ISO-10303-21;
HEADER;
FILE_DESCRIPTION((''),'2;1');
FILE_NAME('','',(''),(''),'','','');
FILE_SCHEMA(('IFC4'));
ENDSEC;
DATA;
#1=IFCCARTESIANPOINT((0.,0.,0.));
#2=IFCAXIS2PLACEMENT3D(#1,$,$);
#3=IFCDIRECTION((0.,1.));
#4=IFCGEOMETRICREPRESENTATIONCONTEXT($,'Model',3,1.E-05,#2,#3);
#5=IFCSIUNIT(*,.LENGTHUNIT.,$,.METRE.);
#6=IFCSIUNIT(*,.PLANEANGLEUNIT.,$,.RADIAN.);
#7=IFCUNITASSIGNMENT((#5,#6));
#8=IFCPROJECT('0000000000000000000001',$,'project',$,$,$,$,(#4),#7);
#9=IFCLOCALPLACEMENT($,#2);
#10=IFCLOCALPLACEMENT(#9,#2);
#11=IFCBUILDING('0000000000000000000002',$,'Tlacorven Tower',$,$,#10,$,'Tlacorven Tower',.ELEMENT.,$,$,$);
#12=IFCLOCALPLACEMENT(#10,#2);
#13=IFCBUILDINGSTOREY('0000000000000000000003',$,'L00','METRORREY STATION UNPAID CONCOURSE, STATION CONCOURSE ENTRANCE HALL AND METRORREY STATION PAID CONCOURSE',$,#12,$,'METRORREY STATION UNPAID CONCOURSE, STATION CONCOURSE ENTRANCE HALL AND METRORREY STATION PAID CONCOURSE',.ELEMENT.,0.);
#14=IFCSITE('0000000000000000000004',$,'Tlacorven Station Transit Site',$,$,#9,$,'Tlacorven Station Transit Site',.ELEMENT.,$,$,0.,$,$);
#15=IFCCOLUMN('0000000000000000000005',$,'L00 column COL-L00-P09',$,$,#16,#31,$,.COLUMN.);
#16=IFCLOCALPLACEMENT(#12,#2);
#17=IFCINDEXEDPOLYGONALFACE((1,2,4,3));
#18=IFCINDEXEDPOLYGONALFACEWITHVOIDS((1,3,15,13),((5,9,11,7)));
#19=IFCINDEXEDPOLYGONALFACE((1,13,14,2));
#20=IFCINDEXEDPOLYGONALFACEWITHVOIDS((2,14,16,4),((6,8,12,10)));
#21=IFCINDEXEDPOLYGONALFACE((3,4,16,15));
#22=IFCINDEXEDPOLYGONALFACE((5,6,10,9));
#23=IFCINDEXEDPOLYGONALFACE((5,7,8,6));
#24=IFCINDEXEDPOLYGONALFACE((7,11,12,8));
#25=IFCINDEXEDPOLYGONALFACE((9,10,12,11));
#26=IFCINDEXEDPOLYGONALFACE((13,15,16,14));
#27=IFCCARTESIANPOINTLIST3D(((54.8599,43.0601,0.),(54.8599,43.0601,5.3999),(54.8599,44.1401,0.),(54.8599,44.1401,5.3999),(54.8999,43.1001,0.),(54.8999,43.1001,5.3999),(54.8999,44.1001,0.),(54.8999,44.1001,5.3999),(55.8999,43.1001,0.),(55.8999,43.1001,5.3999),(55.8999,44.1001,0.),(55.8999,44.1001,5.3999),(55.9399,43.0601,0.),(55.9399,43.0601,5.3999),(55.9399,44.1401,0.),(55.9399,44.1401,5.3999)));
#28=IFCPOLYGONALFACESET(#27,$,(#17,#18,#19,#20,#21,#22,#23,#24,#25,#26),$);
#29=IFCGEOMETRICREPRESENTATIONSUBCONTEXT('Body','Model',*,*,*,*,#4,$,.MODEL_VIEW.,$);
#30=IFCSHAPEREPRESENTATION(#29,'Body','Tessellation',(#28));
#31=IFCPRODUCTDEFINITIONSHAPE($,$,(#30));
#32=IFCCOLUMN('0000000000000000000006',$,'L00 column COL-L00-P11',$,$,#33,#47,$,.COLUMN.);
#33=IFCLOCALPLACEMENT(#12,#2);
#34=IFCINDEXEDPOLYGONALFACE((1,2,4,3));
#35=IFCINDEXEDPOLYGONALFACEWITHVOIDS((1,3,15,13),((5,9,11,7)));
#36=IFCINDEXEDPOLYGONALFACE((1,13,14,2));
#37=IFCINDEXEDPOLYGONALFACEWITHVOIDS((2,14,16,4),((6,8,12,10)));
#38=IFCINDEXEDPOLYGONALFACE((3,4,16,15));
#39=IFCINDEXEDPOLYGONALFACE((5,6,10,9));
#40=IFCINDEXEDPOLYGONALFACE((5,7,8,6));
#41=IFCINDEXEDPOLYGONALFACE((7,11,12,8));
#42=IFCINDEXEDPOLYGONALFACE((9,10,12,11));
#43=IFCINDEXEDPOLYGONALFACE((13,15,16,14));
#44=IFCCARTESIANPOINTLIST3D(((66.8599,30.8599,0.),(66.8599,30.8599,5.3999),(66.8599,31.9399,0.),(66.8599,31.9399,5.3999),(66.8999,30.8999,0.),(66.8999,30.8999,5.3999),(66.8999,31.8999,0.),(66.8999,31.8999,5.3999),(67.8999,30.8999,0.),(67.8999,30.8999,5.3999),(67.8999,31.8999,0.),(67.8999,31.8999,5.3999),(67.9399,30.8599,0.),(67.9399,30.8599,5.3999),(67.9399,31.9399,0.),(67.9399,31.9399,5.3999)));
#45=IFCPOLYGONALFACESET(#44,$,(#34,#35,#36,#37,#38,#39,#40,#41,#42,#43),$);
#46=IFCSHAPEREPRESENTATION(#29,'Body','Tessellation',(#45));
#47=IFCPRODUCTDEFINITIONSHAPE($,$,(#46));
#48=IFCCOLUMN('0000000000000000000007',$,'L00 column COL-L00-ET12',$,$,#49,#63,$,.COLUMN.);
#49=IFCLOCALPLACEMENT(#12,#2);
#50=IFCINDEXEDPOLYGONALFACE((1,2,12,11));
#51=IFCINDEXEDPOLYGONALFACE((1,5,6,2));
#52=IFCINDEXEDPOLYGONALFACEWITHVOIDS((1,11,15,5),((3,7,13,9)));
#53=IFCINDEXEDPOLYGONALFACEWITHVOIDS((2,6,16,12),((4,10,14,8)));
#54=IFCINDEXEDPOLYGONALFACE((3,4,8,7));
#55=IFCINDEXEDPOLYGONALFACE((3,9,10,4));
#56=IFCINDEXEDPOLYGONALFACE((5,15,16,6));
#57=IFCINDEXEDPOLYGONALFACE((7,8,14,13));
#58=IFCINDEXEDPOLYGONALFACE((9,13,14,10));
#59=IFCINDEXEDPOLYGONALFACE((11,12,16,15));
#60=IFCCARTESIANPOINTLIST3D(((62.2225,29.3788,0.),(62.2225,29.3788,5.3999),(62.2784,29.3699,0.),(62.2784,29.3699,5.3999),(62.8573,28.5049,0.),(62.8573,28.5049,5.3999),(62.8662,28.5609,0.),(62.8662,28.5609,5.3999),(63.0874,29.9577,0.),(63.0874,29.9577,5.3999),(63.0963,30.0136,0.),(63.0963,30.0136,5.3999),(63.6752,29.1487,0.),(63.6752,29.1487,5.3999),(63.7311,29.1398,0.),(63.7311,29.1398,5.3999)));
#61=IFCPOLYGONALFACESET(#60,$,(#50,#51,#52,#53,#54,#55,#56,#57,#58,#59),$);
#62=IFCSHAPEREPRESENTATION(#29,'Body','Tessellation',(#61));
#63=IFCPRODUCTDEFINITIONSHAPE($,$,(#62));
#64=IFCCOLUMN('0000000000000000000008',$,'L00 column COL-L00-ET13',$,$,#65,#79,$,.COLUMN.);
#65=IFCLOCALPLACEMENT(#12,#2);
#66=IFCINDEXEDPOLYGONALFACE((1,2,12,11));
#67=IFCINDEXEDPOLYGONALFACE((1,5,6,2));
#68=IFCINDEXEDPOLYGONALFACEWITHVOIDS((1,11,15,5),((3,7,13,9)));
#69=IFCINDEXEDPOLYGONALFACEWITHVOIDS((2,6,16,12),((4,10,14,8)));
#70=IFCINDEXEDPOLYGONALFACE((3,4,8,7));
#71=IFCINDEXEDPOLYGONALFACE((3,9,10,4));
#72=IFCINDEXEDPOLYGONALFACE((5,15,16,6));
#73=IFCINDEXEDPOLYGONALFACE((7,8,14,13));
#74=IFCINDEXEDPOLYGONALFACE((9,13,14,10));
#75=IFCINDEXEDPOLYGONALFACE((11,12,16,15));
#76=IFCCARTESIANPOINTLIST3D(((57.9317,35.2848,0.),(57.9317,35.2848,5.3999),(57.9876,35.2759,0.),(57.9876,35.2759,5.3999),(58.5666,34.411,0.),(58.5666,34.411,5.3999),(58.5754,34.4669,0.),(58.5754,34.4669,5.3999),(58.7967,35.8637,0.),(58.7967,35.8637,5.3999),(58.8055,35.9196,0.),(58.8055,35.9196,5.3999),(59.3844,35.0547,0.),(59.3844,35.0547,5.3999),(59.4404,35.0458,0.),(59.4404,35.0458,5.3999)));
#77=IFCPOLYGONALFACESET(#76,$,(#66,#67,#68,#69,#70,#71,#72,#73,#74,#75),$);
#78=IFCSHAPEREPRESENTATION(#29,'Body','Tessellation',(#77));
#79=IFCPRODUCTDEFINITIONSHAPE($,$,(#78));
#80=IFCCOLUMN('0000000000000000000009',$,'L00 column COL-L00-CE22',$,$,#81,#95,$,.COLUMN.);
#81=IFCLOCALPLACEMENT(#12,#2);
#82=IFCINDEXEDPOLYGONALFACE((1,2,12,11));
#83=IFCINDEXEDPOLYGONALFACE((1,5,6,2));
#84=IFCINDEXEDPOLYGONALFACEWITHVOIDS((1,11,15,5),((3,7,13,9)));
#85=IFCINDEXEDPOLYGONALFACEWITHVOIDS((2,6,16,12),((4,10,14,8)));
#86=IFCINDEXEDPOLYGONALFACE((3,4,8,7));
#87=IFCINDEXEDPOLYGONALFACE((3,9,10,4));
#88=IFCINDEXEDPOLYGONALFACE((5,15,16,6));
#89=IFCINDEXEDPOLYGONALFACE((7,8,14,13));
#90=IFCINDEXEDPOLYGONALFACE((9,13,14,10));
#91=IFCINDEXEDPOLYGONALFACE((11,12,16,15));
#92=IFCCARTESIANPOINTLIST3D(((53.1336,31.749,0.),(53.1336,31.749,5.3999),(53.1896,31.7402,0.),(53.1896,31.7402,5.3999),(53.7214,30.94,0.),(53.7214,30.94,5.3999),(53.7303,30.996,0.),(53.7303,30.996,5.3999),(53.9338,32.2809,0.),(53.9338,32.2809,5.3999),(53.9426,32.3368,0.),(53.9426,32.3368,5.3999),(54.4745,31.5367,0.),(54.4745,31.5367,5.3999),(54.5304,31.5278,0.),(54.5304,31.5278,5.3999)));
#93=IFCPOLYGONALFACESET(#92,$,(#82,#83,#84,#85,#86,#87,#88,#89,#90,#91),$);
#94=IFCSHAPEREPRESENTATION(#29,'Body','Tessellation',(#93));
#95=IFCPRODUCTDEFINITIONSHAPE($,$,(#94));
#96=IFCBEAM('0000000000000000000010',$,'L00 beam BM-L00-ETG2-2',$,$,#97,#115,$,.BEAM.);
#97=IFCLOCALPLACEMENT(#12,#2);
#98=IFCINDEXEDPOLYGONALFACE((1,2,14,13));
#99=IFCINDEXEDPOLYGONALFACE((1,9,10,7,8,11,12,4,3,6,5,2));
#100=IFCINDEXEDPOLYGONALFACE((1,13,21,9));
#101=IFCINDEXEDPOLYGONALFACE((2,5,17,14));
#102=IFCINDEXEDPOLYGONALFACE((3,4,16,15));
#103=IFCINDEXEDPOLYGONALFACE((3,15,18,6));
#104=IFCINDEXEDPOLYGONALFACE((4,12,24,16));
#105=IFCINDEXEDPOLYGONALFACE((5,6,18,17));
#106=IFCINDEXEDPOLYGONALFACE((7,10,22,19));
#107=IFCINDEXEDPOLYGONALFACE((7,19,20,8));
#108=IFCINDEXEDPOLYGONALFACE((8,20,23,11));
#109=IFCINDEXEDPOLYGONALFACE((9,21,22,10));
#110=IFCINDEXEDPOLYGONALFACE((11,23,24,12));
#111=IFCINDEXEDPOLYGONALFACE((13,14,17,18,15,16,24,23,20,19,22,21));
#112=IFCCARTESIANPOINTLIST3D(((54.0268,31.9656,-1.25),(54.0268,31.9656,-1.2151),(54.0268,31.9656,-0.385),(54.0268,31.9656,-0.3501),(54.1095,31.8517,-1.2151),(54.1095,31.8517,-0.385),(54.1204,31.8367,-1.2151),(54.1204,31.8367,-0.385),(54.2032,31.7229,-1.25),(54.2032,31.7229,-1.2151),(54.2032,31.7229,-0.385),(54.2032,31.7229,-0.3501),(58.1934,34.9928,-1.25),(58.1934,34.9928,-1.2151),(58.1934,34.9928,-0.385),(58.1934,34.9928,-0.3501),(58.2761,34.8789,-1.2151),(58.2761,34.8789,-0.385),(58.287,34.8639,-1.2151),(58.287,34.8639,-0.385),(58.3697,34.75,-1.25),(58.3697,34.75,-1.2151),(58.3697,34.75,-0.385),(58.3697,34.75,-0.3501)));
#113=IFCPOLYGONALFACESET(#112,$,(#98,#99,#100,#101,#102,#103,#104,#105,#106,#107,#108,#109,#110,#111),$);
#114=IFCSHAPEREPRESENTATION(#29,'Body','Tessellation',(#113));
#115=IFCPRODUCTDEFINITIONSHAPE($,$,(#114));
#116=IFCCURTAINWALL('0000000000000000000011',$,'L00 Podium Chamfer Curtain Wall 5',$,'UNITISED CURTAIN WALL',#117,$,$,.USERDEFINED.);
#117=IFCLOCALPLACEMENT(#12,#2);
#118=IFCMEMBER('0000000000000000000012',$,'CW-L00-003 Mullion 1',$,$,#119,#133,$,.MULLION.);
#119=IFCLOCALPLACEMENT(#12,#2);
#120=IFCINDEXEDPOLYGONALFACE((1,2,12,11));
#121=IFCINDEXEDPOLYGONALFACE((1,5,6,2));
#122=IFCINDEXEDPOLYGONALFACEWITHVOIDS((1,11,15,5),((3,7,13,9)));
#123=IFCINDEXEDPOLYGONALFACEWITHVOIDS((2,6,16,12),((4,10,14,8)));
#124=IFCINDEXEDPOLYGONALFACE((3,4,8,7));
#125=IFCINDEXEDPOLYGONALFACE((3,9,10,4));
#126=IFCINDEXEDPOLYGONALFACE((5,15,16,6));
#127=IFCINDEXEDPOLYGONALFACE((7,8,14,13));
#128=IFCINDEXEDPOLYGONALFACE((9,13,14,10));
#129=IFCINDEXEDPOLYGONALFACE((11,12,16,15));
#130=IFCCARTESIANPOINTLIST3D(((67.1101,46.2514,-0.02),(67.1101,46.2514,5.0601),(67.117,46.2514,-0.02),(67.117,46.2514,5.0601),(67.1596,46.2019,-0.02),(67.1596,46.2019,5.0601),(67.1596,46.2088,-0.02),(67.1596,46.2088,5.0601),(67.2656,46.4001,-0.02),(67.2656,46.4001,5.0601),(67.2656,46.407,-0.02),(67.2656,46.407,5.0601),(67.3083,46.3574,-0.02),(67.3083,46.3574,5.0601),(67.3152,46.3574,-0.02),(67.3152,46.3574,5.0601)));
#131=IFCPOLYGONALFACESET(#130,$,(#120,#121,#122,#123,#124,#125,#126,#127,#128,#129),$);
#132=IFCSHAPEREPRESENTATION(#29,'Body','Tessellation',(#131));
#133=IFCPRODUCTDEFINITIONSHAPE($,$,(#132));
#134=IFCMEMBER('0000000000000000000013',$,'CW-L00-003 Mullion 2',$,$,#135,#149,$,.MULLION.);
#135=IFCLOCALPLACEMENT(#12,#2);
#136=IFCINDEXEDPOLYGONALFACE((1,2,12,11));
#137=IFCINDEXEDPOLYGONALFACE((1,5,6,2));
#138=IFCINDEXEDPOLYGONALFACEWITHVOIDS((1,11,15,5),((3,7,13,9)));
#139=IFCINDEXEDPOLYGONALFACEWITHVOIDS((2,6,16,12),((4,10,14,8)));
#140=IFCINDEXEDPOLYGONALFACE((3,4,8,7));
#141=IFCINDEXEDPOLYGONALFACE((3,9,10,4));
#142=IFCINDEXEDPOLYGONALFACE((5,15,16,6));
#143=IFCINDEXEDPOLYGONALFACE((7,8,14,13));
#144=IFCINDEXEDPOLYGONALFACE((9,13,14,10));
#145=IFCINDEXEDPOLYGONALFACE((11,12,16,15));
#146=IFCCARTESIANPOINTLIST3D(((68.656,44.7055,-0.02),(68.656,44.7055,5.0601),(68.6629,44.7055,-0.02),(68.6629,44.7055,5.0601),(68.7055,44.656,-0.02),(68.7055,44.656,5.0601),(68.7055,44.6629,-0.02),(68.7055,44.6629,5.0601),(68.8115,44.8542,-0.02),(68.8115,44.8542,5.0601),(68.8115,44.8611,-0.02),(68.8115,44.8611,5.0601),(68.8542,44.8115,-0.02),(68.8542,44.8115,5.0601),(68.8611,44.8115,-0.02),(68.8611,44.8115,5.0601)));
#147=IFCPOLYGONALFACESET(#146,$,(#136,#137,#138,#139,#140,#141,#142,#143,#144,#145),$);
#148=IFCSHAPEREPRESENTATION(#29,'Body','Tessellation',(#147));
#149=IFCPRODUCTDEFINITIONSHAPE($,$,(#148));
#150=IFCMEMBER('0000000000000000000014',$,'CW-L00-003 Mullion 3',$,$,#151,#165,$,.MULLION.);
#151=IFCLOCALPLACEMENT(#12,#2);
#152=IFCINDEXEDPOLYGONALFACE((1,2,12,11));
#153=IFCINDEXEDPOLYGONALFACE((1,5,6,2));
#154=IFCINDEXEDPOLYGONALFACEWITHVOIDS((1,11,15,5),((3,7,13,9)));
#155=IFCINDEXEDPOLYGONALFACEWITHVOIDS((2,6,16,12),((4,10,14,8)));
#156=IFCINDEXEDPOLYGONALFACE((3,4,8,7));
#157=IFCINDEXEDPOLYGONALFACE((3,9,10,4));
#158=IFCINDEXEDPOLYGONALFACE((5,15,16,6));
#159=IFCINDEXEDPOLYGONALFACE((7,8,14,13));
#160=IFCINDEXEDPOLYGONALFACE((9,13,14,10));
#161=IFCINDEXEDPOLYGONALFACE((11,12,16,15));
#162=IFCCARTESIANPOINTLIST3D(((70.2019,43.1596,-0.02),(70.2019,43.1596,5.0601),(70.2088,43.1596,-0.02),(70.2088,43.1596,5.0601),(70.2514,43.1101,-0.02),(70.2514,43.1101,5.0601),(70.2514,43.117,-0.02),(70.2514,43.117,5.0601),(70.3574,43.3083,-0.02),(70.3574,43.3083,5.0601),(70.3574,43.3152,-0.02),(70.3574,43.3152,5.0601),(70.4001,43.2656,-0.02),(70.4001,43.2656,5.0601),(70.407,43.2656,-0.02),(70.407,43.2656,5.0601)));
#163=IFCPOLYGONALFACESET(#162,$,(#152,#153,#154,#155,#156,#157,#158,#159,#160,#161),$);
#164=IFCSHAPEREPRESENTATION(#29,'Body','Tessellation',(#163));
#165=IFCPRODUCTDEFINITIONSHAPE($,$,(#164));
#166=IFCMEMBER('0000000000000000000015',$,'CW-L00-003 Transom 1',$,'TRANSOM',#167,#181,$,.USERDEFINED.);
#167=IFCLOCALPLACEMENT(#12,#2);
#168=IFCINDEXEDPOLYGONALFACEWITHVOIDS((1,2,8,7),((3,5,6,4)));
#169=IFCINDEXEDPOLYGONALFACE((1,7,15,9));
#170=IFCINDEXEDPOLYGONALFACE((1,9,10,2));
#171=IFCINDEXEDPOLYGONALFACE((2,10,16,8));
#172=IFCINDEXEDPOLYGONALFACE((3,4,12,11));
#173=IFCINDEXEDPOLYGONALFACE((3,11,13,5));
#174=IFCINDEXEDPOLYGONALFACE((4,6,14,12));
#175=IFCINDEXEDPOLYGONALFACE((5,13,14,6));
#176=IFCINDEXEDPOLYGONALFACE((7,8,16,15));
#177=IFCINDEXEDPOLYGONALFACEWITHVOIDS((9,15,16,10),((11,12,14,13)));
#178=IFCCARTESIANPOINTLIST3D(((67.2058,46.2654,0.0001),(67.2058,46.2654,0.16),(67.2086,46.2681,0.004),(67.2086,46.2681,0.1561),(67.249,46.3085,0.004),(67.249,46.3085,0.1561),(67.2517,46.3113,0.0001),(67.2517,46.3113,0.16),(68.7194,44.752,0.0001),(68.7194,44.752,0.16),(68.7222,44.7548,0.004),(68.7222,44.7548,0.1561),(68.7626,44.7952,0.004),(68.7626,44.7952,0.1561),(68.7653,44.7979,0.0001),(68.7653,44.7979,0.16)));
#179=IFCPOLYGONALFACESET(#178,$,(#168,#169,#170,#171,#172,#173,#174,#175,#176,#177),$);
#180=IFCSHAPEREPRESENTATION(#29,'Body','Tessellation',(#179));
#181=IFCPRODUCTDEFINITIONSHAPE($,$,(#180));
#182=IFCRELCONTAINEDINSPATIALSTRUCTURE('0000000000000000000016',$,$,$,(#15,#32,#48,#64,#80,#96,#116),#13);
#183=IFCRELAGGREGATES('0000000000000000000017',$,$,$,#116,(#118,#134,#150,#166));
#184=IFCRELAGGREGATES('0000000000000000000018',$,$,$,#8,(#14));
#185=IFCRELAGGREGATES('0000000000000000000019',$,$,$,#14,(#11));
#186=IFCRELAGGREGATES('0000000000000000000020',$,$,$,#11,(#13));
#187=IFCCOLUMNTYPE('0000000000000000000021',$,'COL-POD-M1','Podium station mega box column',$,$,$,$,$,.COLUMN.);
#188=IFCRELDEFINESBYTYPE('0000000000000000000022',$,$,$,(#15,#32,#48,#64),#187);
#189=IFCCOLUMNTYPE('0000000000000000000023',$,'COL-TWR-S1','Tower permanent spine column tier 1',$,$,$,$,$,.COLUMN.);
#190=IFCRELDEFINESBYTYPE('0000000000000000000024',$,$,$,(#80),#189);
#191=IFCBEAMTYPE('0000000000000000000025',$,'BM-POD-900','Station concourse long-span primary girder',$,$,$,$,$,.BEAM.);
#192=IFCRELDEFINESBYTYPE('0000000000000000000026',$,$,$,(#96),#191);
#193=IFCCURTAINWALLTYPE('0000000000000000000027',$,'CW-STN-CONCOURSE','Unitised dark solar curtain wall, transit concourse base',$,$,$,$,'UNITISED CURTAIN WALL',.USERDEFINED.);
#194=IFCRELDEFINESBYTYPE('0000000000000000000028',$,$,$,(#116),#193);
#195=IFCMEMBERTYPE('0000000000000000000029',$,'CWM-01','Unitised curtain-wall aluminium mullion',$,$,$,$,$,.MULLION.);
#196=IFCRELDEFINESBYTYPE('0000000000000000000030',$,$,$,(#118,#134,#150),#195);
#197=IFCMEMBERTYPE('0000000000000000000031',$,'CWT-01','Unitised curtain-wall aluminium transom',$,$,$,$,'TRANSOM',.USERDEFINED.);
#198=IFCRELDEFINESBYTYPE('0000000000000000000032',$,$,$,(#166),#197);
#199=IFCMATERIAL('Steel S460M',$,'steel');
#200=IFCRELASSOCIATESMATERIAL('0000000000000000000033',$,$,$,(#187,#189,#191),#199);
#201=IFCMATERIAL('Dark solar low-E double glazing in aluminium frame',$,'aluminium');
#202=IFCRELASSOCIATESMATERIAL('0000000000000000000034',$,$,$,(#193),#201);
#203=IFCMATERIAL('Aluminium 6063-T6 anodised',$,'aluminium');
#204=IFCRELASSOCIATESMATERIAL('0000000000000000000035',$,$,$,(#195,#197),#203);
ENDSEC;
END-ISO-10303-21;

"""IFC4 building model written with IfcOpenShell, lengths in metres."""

from ifc_helpers import new_model, si_unit, direction, frame, origin, origin_2d, place, context, subcontext, project, spatial, hollow_rectangle, i_section, extrude, source, transform, mapped, material, material_profile, profile_set, type_object, element, aggregate, save


model = new_model("IFC4")

# Units and contexts
model_context = context("Model", 3, precision=1e-05, world=origin(), true_north=direction((0.0, 1.0)))
body_context = subcontext(model_context, "Body", "Model", "MODEL_VIEW")
ifc_project = project(units=[si_unit("LENGTHUNIT", "METRE"), si_unit("PLANEANGLEUNIT", "RADIAN")], contexts=[model_context])

# Site, building, storey
site_placement = place(None, origin())
site = spatial("IfcSite", under=ifc_project, at=site_placement, Name="Tlacorven Station Transit Site", LongName="Tlacorven Station Transit Site", CompositionType="ELEMENT", RefElevation=0.0)
building_placement = place(site_placement, origin())
building = spatial("IfcBuilding", under=site, at=building_placement, Name="Tlacorven Tower", LongName="Tlacorven Tower", CompositionType="ELEMENT")
storey_placement = place(building_placement, origin())
storey = spatial("IfcBuildingStorey", under=building, at=storey_placement, Name="L00", Description="METRORREY STATION UNPAID CONCOURSE, STATION CONCOURSE ENTRANCE HALL AND METRORREY STATION PAID CONCOURSE", LongName="METRORREY STATION UNPAID CONCOURSE, STATION CONCOURSE ENTRANCE HALL AND METRORREY STATION PAID CONCOURSE", CompositionType="ELEMENT", Elevation=0.0)

# Columns
ifc_material_1 = material(Name="Steel S460M", Category="steel")
ifc_material_profile_1 = material_profile(ifc_material_1, hollow_rectangle(XDim=1.0801, YDim=1.0801, WallThickness=0.04, at=origin_2d()), Name="BOX 1080X1080X40")
ifc_profile_set_1 = profile_set([ifc_material_profile_1], Name="Steel S460M")
column_type_1 = type_object("IfcColumnType", Name="COL-POD-M1", Description="Podium station mega box column", PredefinedType="COLUMN", material=ifc_profile_set_1)
shared_shape_1 = source(origin(), body_context, "Body", "SweptSolid", [
    extrude(hollow_rectangle(XDim=1.0801, YDim=1.0801, WallThickness=0.04, at=origin_2d()), origin(), (0.0, 0.0, 1.0), 5.3999),
])
for number, where, z_axis, x_axis, name in (
    (1, (55.3999, 43.6001, 0.0), (0.0, 0.0, 1.0), (1.0, 0.0, 0.0), "L00 column COL-L00-P09"),
    (2, (67.3999, 31.3999, 0.0), (0.0, 0.0, 1.0), (1.0, 0.0, 0.0), "L00 column COL-L00-P11"),
    (3, (62.9768, 29.2593, 0.0), (0.0, 0.0, 1.0), (0.809017, 0.587785, 0.0), "L00 column COL-L00-ET12"),
    (4, (58.686, 35.1653, 0.0), (0.0, 0.0, 1.0), (0.809017, 0.587785, 0.0), "L00 column COL-L00-ET13"),
):
    element("IfcColumn", number, at=place(storey_placement, frame(where, z_axis=z_axis, x_axis=x_axis)), inside=storey, type_object=column_type_1, Name=name, PredefinedType="COLUMN", context=body_context, shape_type="MappedRepresentation", body=[
        mapped(shared_shape_1, transform((0.0, 0.0, 0.0), scale=1.0)),
    ])
ifc_material_profile_2 = material_profile(ifc_material_1, hollow_rectangle(XDim=1.0, YDim=1.0, WallThickness=0.04, at=origin_2d()), Name="BOX 1000X1000X40")
ifc_profile_set_2 = profile_set([ifc_material_profile_2], Name="Steel S460M")
column_type_2 = type_object("IfcColumnType", Name="COL-TWR-S1", Description="Tower permanent spine column tier 1", PredefinedType="COLUMN", material=ifc_profile_set_2)
shared_shape_2 = source(origin(), body_context, "Body", "SweptSolid", [
    extrude(hollow_rectangle(XDim=1.0, YDim=1.0, WallThickness=0.04, at=origin_2d()), origin(), (0.0, 0.0, 1.0), 5.3999),
])
column_placement = place(storey_placement, frame((53.832, 31.6384, 0.0), z_axis=(0.0, 0.0, 1.0), x_axis=(0.809017, 0.587785, 0.0)))
element("IfcColumn", 5, at=column_placement, inside=storey, type_object=column_type_2, Name="L00 column COL-L00-CE22", PredefinedType="COLUMN", context=body_context, shape_type="MappedRepresentation", body=[
    mapped(shared_shape_2, transform((0.0, 0.0, 0.0), scale=1.0)),
])

# Beam
ifc_material_profile_3 = material_profile(ifc_material_1, i_section(OverallWidth=0.3, OverallDepth=0.8999, WebThickness=0.0186, FlangeThickness=0.0349, at=origin_2d()), Name="HEB 900")
ifc_profile_set_3 = profile_set([ifc_material_profile_3], Name="Steel S460M")
beam_type = type_object("IfcBeamType", Name="BM-POD-900", Description="Station concourse long-span primary girder", PredefinedType="BEAM", material=ifc_profile_set_3)
shared_shape_3 = source(origin(), body_context, "Body", "SweptSolid", [
    extrude(i_section(OverallWidth=0.3, OverallDepth=0.8999, WebThickness=0.0186, FlangeThickness=0.0349, at=origin_2d()), origin(), (0.0, 0.0, 1.0), 5.1501),
])
beam_placement = place(storey_placement, frame((54.115, 31.8442, -0.8), z_axis=(0.809021, 0.58778, 0.0), x_axis=(-0.58778, 0.809021, 0.0)))
element("IfcBeam", 6, at=beam_placement, inside=storey, type_object=beam_type, Name="L00 beam BM-L00-ETG2-2", PredefinedType="BEAM", context=body_context, shape_type="MappedRepresentation", body=[
    mapped(shared_shape_3, transform((0.0, 0.0, 0.0), scale=1.0)),
])

# Curtain wall, members
ifc_material_2 = material(Name="Dark solar low-E double glazing in aluminium frame", Category="aluminium")
curtain_wall_type = type_object("IfcCurtainWallType", Name="CW-STN-CONCOURSE", Description="Unitised dark solar curtain wall, transit concourse base", ElementType="UNITISED CURTAIN WALL", PredefinedType="USERDEFINED", material=ifc_material_2)
curtain_wall_placement = place(storey_placement, origin())
curtain_wall = element("IfcCurtainWall", 7, at=curtain_wall_placement, inside=storey, type_object=curtain_wall_type, Name="L00 Podium Chamfer Curtain Wall 5", ObjectType="UNITISED CURTAIN WALL", PredefinedType="USERDEFINED")
ifc_material_3 = material(Name="Aluminium 6063-T6 anodised", Category="aluminium")
ifc_material_profile_4 = material_profile(ifc_material_3, hollow_rectangle(XDim=0.0701, YDim=0.22, WallThickness=0.0049, at=origin_2d()), Name="ALU MULLION 70X220")
ifc_profile_set_4 = profile_set([ifc_material_profile_4], Name="Aluminium 6063-T6 anodised")
member_type_1 = type_object("IfcMemberType", Name="CWM-01", Description="Unitised curtain-wall aluminium mullion", PredefinedType="MULLION", material=ifc_profile_set_4)
shared_shape_4 = source(origin(), body_context, "Body", "SweptSolid", [
    extrude(hollow_rectangle(XDim=0.0701, YDim=0.22, WallThickness=0.0049, at=origin_2d()), origin(), (0.0, 0.0, 1.0), 5.0801),
])
member_1_placement = place(storey_placement, frame((67.2126, 46.3044, -0.02), z_axis=(0.0, 0.0, 1.0), x_axis=(0.707107, -0.707107, 0.0)))
member_1 = element("IfcMember", 8, at=member_1_placement, type_object=member_type_1, Name="CW-L00-003 Mullion 1", PredefinedType="MULLION", context=body_context, shape_type="MappedRepresentation", body=[
    mapped(shared_shape_4, transform((0.0, 0.0, 0.0), scale=1.0)),
])
member_2_placement = place(storey_placement, frame((68.7585, 44.7585, -0.02), z_axis=(0.0, 0.0, 1.0), x_axis=(0.707107, -0.707107, 0.0)))
member_2 = element("IfcMember", 9, at=member_2_placement, type_object=member_type_1, Name="CW-L00-003 Mullion 2", PredefinedType="MULLION", context=body_context, shape_type="MappedRepresentation", body=[
    mapped(shared_shape_4, transform((0.0, 0.0, 0.0), scale=1.0)),
])
member_3_placement = place(storey_placement, frame((70.3044, 43.2126, -0.02), z_axis=(0.0, 0.0, 1.0), x_axis=(0.707107, -0.707107, 0.0)))
member_3 = element("IfcMember", 10, at=member_3_placement, type_object=member_type_1, Name="CW-L00-003 Mullion 3", PredefinedType="MULLION", context=body_context, shape_type="MappedRepresentation", body=[
    mapped(shared_shape_4, transform((0.0, 0.0, 0.0), scale=1.0)),
])
ifc_material_profile_5 = material_profile(ifc_material_3, hollow_rectangle(XDim=0.0649, YDim=0.1599, WallThickness=0.0039, at=origin_2d()), Name="ALU TRANSOM 65X160")
ifc_profile_set_5 = profile_set([ifc_material_profile_5], Name="Aluminium 6063-T6 anodised")
member_type_2 = type_object("IfcMemberType", Name="CWT-01", Description="Unitised curtain-wall aluminium transom", ElementType="TRANSOM", PredefinedType="USERDEFINED", material=ifc_profile_set_5)
shared_shape_5 = source(origin(), body_context, "Body", "SweptSolid", [
    extrude(hollow_rectangle(XDim=0.0649, YDim=0.1599, WallThickness=0.0039, at=origin_2d()), origin(), (0.0, 0.0, 1.0), 2.1404),
])
member_4_placement = place(storey_placement, frame((67.2288, 46.2883, 0.0801), z_axis=(0.707164, -0.70705, 0.0), x_axis=(0.70705, 0.707164, 0.0)))
member_4 = element("IfcMember", 11, at=member_4_placement, type_object=member_type_2, Name="CW-L00-003 Transom 1", ObjectType="TRANSOM", PredefinedType="USERDEFINED", context=body_context, shape_type="MappedRepresentation", body=[
    mapped(shared_shape_5, transform((0.0, 0.0, 0.0), scale=1.0)),
])
aggregate(curtain_wall, [member_1, member_2, member_3, member_4])

save(model, "model.ifc")
